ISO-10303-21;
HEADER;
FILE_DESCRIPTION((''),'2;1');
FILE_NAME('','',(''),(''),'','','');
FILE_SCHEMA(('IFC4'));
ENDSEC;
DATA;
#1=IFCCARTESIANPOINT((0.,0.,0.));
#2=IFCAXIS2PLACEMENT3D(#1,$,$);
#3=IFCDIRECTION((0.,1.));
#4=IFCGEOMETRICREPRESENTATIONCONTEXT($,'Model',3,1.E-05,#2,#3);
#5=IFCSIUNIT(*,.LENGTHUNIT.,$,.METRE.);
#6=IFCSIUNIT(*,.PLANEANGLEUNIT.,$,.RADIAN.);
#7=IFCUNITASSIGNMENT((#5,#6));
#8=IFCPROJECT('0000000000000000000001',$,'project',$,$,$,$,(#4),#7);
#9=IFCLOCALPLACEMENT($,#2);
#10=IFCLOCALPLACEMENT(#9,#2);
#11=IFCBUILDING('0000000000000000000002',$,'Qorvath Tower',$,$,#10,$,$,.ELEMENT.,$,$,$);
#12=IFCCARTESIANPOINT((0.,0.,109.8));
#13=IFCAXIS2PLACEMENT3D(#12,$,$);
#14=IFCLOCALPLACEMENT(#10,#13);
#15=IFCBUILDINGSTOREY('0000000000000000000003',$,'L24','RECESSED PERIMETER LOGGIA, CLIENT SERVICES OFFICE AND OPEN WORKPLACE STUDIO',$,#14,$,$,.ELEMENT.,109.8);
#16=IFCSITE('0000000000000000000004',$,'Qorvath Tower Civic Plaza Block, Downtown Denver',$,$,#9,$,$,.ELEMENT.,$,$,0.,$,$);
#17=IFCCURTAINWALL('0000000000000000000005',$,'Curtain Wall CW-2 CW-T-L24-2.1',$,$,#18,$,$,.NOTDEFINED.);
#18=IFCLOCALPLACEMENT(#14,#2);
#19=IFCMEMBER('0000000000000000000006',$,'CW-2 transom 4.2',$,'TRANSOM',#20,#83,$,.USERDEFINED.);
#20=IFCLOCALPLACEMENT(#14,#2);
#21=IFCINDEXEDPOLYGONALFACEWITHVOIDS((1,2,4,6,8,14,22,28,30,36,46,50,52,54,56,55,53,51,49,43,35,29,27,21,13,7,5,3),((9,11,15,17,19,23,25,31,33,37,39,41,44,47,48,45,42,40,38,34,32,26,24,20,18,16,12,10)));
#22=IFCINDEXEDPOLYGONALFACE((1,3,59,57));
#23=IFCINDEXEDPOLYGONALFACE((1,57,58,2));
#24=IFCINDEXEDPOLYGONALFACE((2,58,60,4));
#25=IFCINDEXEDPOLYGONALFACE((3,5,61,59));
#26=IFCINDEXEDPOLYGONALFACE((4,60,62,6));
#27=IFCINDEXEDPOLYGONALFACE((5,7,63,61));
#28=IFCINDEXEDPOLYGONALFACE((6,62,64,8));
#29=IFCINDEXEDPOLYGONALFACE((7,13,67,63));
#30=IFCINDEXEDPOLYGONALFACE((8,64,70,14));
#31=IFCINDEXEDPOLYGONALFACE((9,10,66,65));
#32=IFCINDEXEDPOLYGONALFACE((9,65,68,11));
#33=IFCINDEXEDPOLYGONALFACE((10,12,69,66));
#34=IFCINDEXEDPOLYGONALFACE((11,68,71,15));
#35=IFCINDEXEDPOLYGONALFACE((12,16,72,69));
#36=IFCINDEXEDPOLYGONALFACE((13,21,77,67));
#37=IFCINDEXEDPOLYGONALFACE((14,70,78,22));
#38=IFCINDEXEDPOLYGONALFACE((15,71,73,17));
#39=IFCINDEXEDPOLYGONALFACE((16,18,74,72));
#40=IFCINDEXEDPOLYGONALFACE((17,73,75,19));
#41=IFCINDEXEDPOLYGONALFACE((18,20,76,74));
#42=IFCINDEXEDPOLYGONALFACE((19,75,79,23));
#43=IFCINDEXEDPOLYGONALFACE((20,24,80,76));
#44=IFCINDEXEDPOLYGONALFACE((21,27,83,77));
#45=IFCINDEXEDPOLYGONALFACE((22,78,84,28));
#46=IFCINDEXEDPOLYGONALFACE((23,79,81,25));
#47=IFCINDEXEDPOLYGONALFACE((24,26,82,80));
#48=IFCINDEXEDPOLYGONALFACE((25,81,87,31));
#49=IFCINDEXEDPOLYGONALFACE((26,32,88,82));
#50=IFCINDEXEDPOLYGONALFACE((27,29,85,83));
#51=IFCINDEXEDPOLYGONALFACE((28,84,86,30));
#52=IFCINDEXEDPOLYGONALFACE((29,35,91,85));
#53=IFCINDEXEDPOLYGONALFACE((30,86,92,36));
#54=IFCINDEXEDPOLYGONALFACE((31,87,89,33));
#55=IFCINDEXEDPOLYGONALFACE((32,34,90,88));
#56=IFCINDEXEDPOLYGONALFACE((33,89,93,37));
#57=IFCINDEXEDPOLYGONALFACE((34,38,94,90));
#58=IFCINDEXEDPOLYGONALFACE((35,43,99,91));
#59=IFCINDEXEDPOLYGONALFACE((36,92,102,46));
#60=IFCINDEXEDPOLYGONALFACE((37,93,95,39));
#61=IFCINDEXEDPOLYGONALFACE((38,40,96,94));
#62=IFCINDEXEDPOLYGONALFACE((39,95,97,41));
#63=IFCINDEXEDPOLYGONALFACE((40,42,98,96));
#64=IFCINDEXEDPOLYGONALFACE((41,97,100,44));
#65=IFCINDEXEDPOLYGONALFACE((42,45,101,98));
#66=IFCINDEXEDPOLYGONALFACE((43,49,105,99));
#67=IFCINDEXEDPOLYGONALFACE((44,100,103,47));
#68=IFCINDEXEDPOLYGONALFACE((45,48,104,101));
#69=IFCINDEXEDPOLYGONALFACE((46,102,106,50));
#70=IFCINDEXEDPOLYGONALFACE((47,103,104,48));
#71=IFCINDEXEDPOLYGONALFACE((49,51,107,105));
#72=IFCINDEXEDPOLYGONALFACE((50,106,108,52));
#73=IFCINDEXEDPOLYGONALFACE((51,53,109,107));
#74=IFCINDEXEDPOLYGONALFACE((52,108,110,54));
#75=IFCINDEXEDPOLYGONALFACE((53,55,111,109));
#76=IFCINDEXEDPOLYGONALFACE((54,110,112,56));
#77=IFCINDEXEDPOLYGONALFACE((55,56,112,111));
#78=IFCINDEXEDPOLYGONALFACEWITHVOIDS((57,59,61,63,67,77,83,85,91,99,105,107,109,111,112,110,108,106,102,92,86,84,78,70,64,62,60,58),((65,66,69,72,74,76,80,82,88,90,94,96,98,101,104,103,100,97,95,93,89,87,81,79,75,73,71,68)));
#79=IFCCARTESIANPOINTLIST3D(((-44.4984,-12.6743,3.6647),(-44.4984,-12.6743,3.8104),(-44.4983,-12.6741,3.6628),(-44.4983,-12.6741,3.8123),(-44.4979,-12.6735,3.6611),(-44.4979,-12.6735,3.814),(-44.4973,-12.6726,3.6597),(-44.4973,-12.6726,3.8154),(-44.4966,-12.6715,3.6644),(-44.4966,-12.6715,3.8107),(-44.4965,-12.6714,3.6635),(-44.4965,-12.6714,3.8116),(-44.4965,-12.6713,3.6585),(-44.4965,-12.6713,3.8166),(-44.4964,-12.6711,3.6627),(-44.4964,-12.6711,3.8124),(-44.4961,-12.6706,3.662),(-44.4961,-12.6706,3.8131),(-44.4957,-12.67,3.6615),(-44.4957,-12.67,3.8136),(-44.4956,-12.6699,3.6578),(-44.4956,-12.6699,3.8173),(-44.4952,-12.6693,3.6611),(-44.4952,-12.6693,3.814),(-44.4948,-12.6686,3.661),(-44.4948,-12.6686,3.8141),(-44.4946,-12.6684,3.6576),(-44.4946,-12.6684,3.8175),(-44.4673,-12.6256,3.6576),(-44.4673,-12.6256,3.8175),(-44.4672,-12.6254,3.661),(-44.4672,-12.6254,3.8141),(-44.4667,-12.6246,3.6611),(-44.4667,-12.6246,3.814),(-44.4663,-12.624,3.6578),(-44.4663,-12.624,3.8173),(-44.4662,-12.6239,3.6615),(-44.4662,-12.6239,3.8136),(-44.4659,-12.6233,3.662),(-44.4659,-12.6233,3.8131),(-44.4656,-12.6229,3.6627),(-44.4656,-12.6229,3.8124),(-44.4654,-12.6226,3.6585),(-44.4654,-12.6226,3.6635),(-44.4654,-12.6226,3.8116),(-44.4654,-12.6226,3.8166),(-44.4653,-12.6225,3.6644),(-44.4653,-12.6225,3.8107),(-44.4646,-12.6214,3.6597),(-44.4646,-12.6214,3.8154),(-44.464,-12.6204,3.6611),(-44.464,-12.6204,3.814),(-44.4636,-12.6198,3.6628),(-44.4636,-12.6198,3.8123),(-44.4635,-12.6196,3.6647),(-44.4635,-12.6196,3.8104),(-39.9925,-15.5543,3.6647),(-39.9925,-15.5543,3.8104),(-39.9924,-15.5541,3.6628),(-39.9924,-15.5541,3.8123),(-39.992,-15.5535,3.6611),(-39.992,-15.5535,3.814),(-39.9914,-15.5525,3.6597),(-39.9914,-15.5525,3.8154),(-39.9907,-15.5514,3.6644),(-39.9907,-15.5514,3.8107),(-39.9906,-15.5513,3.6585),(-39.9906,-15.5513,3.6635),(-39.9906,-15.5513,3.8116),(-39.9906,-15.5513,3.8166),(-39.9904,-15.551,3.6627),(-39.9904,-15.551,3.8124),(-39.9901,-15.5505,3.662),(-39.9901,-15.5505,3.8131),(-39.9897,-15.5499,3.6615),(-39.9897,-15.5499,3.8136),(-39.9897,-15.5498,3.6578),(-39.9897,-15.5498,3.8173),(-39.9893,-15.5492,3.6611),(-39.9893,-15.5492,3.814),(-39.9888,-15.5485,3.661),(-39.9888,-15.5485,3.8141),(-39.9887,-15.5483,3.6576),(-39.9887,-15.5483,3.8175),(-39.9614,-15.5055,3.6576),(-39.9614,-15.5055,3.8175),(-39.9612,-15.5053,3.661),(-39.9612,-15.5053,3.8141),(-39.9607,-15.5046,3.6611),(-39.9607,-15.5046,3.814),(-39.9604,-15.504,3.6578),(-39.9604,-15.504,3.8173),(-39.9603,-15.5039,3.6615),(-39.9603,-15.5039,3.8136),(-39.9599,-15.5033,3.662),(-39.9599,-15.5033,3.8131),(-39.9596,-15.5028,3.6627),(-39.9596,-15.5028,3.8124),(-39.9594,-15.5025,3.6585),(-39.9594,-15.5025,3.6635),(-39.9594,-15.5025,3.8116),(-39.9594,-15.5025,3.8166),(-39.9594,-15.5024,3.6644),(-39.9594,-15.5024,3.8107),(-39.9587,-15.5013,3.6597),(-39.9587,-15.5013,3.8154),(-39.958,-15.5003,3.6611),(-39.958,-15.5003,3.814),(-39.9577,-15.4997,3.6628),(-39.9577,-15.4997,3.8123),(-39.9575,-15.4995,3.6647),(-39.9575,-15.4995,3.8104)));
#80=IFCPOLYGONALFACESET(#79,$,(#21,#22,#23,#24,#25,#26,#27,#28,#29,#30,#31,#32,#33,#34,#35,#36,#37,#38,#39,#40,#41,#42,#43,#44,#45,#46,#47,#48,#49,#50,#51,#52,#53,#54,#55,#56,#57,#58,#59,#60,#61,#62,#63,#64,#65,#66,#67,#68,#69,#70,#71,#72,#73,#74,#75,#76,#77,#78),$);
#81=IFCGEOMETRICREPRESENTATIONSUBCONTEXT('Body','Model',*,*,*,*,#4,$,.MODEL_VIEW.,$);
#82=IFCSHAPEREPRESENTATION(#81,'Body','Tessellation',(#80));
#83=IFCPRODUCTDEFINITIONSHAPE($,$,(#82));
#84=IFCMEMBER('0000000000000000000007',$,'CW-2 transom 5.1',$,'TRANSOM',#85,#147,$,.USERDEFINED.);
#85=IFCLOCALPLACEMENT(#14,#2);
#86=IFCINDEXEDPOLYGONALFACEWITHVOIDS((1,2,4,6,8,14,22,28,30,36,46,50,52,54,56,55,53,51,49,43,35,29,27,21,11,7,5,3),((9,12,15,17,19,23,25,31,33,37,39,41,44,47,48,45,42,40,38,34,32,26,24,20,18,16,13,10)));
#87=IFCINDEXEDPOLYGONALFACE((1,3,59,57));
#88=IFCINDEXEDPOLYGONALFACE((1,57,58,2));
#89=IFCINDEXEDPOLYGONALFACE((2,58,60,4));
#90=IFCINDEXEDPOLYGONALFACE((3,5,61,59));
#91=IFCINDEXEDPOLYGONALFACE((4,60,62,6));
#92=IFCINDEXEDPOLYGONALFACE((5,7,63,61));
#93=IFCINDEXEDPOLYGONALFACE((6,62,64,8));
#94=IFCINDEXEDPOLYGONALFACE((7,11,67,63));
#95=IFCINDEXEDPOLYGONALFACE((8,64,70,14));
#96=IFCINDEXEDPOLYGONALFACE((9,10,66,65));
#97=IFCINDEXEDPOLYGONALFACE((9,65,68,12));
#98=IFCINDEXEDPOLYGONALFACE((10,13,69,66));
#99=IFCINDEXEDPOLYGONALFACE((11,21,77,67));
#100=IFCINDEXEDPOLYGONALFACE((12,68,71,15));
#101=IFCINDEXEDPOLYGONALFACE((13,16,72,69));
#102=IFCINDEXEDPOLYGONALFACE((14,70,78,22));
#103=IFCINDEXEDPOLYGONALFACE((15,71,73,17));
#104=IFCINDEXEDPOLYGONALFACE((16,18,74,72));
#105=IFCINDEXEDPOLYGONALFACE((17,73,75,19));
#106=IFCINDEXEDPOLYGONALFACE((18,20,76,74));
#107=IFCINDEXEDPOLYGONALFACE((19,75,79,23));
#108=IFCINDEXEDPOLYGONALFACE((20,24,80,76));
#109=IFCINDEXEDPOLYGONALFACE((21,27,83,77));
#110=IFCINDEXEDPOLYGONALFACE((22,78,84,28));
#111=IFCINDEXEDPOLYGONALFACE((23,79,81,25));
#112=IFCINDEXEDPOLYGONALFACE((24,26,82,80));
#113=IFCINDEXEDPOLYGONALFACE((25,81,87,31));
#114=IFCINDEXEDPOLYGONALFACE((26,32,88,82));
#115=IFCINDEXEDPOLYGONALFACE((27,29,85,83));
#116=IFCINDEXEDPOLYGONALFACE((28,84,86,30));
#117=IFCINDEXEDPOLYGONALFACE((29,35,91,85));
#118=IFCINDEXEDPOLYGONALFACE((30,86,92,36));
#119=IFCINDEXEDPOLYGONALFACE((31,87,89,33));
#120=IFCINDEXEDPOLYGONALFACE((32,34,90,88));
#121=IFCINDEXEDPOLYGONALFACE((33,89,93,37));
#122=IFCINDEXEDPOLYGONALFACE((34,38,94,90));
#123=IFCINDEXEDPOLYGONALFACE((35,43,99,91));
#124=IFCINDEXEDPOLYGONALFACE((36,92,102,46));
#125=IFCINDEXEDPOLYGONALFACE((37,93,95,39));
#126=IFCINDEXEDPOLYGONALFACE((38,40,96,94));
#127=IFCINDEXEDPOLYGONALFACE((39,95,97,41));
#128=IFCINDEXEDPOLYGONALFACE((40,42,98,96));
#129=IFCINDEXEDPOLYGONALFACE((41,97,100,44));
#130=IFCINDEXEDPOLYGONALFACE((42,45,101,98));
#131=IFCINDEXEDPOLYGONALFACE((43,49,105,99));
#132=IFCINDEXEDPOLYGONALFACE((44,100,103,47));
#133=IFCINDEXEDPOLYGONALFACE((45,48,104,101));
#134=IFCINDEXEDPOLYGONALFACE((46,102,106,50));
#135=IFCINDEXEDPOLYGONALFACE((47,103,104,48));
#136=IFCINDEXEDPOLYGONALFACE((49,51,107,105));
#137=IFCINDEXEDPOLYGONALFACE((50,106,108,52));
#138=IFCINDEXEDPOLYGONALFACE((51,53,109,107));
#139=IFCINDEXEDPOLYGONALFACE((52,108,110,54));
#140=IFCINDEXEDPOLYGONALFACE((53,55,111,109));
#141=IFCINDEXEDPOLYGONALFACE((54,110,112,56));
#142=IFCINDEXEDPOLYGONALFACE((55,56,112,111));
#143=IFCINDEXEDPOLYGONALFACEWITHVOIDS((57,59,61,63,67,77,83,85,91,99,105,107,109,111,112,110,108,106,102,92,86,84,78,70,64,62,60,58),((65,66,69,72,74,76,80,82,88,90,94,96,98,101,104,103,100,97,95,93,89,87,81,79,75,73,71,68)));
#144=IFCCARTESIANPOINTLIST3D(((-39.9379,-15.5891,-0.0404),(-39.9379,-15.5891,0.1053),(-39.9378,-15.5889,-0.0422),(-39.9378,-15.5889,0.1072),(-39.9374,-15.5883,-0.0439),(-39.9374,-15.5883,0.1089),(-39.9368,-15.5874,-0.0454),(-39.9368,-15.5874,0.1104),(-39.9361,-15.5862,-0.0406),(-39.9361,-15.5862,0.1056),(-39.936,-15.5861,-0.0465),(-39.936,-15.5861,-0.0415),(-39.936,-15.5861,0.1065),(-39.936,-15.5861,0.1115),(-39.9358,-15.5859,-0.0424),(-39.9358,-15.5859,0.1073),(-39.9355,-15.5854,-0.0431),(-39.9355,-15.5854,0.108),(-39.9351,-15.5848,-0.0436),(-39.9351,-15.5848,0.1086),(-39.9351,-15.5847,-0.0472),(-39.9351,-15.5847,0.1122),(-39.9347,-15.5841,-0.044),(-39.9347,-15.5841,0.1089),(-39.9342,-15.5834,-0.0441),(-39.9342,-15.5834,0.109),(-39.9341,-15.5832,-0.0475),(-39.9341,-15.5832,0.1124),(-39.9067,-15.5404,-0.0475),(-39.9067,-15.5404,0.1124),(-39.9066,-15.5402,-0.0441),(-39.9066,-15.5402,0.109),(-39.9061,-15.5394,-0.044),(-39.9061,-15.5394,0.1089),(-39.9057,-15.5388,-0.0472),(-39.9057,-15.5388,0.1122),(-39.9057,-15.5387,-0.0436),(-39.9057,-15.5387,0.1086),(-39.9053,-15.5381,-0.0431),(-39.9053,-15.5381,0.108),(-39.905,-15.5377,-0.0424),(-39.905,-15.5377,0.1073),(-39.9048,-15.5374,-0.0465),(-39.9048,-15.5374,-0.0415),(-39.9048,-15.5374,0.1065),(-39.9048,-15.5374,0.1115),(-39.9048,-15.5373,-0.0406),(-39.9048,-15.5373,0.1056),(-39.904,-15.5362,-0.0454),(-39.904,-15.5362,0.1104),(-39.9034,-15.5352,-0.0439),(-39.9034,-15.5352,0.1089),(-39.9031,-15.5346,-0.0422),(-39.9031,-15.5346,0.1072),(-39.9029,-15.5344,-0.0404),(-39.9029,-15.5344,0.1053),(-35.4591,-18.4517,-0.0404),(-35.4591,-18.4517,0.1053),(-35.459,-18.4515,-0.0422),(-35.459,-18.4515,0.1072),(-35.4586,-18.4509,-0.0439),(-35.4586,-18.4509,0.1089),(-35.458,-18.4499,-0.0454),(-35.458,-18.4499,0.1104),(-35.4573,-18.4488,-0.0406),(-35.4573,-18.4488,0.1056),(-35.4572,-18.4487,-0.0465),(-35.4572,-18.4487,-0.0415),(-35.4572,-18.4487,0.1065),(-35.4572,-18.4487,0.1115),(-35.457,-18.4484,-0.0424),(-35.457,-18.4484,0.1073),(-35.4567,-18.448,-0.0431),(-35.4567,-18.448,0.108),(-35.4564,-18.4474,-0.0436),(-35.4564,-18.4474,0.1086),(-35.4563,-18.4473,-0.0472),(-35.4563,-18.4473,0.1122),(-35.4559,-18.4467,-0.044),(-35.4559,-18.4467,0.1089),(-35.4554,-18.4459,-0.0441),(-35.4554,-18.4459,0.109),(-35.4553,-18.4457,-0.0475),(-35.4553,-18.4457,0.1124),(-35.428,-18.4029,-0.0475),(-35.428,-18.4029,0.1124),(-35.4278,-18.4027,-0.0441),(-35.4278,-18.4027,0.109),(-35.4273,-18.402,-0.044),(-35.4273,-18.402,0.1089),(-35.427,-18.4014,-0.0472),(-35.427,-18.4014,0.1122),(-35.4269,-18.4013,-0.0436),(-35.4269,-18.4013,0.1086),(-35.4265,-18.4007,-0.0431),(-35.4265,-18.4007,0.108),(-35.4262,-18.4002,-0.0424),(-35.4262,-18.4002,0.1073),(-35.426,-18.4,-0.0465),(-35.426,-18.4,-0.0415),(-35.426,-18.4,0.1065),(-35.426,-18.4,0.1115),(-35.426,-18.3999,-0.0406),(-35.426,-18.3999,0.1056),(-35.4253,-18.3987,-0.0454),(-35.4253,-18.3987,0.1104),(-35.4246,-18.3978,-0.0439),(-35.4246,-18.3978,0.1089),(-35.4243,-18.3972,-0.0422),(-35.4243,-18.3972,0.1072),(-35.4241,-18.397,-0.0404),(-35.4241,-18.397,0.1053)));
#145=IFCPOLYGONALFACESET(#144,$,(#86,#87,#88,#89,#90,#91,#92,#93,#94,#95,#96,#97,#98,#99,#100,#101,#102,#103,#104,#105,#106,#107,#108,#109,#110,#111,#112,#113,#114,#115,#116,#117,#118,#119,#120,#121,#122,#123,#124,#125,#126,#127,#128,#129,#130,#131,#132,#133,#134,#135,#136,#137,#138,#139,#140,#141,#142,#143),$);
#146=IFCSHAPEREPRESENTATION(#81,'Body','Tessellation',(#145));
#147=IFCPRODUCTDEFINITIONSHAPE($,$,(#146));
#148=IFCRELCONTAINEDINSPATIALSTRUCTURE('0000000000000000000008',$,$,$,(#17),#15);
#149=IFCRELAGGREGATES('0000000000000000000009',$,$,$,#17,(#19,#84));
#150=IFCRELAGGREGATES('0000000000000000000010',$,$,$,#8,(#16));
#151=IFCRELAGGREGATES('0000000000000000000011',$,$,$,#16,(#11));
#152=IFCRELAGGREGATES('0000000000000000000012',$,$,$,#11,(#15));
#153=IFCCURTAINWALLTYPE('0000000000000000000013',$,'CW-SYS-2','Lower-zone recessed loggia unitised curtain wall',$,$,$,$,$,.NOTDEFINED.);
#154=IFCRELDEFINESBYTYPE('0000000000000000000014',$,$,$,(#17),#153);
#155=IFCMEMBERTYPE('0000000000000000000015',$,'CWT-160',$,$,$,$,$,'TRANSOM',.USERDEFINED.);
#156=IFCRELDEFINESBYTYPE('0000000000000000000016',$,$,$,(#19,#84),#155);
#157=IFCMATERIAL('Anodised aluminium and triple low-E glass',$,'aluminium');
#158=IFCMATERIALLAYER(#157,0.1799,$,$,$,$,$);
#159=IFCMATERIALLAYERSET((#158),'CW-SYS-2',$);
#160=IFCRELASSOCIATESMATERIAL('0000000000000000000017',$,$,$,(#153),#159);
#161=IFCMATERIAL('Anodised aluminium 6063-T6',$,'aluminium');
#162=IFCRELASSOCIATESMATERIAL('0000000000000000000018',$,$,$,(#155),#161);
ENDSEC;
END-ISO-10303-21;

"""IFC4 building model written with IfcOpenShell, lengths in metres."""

from ifc_helpers import new_model, si_unit, direction, frame, origin, origin_2d, place, context, subcontext, project, spatial, hollow_rectangle, extrude, material, layer, layer_set, material_profile, profile_set, type_object, element, aggregate, save


model = new_model("IFC4")

# Units and contexts
model_context = context("Model", 3, precision=1e-05, world=origin(), true_north=direction((0.0, 1.0)))
body_context = subcontext(model_context, "Body", "Model", "MODEL_VIEW")
ifc_project = project(units=[si_unit("LENGTHUNIT", "METRE"), si_unit("PLANEANGLEUNIT", "RADIAN")], contexts=[model_context])

# Site, building, storey
site_placement = place(None, origin())
site = spatial("IfcSite", under=ifc_project, at=site_placement, Name="Qorvath Tower Civic Plaza Block, Downtown Denver", CompositionType="ELEMENT", RefElevation=0.0)
building_placement = place(site_placement, origin())
building = spatial("IfcBuilding", under=site, at=building_placement, Name="Qorvath Tower", CompositionType="ELEMENT")
storey_placement = place(building_placement, frame((0.0, 0.0, 109.8)))
storey = spatial("IfcBuildingStorey", under=building, at=storey_placement, Name="L24", Description="RECESSED PERIMETER LOGGIA, CLIENT SERVICES OFFICE AND OPEN WORKPLACE STUDIO", CompositionType="ELEMENT", Elevation=109.8)

# Curtain wall, members
ifc_material_1 = material(Name="Anodised aluminium and triple low-E glass", Category="aluminium")
ifc_layer_1 = layer(ifc_material_1, 0.1799)
ifc_layer_set_1 = layer_set([ifc_layer_1], Name="CW-SYS-2")
curtain_wall_type = type_object("IfcCurtainWallType", Name="CW-SYS-2", Description="Lower-zone recessed loggia unitised curtain wall", PredefinedType="NOTDEFINED", material=ifc_layer_set_1)
curtain_wall_placement = place(storey_placement, origin())
curtain_wall = element("IfcCurtainWall", 1, at=curtain_wall_placement, inside=storey, type_object=curtain_wall_type, Name="Curtain Wall CW-2 CW-T-L24-2.1", PredefinedType="NOTDEFINED")
ifc_material_2 = material(Name="Anodised aluminium 6063-T6", Category="aluminium")
ifc_material_profile_1 = material_profile(ifc_material_2, hollow_rectangle(XDim=0.0649, YDim=0.1599, WallThickness=0.0034, InnerFilletRadius=0.0034, OuterFilletRadius=0.0071, at=origin_2d()), Name="CWT 160x65")
ifc_profile_set_1 = profile_set([ifc_material_profile_1], Name="Anodised aluminium 6063-T6")
member_type_1 = type_object("IfcMemberType", Name="CWT-160", ElementType="TRANSOM", PredefinedType="USERDEFINED", material=ifc_profile_set_1)
member_1_placement = place(storey_placement, frame((-44.481, -12.647, 3.7375), z_axis=(0.8426, -0.538541, 0.0), x_axis=(0.538541, 0.8426, 0.0)))
member_1 = element("IfcMember", 2, at=member_1_placement, type_object=member_type_1, Name="CW-2 transom 4.2", ObjectType="TRANSOM", PredefinedType="USERDEFINED", context=body_context, shape_type="SweptSolid", body=[
    extrude(hollow_rectangle(XDim=0.0649, YDim=0.1599, WallThickness=0.0034, InnerFilletRadius=0.0034, OuterFilletRadius=0.0071, at=origin_2d()), origin(), (0.0, 0.0, 1.0), 5.3477),
])
member_2_placement = place(storey_placement, frame((-39.9204, -15.5618, 0.0325), z_axis=(0.842601, -0.538539, 0.0), x_axis=(0.538539, 0.842601, 0.0)))
member_2 = element("IfcMember", 3, at=member_2_placement, type_object=member_type_1, Name="CW-2 transom 5.1", ObjectType="TRANSOM", PredefinedType="USERDEFINED", context=body_context, shape_type="SweptSolid", body=[
    extrude(hollow_rectangle(XDim=0.0649, YDim=0.1599, WallThickness=0.0034, InnerFilletRadius=0.0034, OuterFilletRadius=0.0071, at=origin_2d()), origin(), (0.0, 0.0, 1.0), 5.3154),
])
aggregate(curtain_wall, [member_1, member_2])

save(model, "model.ifc")
